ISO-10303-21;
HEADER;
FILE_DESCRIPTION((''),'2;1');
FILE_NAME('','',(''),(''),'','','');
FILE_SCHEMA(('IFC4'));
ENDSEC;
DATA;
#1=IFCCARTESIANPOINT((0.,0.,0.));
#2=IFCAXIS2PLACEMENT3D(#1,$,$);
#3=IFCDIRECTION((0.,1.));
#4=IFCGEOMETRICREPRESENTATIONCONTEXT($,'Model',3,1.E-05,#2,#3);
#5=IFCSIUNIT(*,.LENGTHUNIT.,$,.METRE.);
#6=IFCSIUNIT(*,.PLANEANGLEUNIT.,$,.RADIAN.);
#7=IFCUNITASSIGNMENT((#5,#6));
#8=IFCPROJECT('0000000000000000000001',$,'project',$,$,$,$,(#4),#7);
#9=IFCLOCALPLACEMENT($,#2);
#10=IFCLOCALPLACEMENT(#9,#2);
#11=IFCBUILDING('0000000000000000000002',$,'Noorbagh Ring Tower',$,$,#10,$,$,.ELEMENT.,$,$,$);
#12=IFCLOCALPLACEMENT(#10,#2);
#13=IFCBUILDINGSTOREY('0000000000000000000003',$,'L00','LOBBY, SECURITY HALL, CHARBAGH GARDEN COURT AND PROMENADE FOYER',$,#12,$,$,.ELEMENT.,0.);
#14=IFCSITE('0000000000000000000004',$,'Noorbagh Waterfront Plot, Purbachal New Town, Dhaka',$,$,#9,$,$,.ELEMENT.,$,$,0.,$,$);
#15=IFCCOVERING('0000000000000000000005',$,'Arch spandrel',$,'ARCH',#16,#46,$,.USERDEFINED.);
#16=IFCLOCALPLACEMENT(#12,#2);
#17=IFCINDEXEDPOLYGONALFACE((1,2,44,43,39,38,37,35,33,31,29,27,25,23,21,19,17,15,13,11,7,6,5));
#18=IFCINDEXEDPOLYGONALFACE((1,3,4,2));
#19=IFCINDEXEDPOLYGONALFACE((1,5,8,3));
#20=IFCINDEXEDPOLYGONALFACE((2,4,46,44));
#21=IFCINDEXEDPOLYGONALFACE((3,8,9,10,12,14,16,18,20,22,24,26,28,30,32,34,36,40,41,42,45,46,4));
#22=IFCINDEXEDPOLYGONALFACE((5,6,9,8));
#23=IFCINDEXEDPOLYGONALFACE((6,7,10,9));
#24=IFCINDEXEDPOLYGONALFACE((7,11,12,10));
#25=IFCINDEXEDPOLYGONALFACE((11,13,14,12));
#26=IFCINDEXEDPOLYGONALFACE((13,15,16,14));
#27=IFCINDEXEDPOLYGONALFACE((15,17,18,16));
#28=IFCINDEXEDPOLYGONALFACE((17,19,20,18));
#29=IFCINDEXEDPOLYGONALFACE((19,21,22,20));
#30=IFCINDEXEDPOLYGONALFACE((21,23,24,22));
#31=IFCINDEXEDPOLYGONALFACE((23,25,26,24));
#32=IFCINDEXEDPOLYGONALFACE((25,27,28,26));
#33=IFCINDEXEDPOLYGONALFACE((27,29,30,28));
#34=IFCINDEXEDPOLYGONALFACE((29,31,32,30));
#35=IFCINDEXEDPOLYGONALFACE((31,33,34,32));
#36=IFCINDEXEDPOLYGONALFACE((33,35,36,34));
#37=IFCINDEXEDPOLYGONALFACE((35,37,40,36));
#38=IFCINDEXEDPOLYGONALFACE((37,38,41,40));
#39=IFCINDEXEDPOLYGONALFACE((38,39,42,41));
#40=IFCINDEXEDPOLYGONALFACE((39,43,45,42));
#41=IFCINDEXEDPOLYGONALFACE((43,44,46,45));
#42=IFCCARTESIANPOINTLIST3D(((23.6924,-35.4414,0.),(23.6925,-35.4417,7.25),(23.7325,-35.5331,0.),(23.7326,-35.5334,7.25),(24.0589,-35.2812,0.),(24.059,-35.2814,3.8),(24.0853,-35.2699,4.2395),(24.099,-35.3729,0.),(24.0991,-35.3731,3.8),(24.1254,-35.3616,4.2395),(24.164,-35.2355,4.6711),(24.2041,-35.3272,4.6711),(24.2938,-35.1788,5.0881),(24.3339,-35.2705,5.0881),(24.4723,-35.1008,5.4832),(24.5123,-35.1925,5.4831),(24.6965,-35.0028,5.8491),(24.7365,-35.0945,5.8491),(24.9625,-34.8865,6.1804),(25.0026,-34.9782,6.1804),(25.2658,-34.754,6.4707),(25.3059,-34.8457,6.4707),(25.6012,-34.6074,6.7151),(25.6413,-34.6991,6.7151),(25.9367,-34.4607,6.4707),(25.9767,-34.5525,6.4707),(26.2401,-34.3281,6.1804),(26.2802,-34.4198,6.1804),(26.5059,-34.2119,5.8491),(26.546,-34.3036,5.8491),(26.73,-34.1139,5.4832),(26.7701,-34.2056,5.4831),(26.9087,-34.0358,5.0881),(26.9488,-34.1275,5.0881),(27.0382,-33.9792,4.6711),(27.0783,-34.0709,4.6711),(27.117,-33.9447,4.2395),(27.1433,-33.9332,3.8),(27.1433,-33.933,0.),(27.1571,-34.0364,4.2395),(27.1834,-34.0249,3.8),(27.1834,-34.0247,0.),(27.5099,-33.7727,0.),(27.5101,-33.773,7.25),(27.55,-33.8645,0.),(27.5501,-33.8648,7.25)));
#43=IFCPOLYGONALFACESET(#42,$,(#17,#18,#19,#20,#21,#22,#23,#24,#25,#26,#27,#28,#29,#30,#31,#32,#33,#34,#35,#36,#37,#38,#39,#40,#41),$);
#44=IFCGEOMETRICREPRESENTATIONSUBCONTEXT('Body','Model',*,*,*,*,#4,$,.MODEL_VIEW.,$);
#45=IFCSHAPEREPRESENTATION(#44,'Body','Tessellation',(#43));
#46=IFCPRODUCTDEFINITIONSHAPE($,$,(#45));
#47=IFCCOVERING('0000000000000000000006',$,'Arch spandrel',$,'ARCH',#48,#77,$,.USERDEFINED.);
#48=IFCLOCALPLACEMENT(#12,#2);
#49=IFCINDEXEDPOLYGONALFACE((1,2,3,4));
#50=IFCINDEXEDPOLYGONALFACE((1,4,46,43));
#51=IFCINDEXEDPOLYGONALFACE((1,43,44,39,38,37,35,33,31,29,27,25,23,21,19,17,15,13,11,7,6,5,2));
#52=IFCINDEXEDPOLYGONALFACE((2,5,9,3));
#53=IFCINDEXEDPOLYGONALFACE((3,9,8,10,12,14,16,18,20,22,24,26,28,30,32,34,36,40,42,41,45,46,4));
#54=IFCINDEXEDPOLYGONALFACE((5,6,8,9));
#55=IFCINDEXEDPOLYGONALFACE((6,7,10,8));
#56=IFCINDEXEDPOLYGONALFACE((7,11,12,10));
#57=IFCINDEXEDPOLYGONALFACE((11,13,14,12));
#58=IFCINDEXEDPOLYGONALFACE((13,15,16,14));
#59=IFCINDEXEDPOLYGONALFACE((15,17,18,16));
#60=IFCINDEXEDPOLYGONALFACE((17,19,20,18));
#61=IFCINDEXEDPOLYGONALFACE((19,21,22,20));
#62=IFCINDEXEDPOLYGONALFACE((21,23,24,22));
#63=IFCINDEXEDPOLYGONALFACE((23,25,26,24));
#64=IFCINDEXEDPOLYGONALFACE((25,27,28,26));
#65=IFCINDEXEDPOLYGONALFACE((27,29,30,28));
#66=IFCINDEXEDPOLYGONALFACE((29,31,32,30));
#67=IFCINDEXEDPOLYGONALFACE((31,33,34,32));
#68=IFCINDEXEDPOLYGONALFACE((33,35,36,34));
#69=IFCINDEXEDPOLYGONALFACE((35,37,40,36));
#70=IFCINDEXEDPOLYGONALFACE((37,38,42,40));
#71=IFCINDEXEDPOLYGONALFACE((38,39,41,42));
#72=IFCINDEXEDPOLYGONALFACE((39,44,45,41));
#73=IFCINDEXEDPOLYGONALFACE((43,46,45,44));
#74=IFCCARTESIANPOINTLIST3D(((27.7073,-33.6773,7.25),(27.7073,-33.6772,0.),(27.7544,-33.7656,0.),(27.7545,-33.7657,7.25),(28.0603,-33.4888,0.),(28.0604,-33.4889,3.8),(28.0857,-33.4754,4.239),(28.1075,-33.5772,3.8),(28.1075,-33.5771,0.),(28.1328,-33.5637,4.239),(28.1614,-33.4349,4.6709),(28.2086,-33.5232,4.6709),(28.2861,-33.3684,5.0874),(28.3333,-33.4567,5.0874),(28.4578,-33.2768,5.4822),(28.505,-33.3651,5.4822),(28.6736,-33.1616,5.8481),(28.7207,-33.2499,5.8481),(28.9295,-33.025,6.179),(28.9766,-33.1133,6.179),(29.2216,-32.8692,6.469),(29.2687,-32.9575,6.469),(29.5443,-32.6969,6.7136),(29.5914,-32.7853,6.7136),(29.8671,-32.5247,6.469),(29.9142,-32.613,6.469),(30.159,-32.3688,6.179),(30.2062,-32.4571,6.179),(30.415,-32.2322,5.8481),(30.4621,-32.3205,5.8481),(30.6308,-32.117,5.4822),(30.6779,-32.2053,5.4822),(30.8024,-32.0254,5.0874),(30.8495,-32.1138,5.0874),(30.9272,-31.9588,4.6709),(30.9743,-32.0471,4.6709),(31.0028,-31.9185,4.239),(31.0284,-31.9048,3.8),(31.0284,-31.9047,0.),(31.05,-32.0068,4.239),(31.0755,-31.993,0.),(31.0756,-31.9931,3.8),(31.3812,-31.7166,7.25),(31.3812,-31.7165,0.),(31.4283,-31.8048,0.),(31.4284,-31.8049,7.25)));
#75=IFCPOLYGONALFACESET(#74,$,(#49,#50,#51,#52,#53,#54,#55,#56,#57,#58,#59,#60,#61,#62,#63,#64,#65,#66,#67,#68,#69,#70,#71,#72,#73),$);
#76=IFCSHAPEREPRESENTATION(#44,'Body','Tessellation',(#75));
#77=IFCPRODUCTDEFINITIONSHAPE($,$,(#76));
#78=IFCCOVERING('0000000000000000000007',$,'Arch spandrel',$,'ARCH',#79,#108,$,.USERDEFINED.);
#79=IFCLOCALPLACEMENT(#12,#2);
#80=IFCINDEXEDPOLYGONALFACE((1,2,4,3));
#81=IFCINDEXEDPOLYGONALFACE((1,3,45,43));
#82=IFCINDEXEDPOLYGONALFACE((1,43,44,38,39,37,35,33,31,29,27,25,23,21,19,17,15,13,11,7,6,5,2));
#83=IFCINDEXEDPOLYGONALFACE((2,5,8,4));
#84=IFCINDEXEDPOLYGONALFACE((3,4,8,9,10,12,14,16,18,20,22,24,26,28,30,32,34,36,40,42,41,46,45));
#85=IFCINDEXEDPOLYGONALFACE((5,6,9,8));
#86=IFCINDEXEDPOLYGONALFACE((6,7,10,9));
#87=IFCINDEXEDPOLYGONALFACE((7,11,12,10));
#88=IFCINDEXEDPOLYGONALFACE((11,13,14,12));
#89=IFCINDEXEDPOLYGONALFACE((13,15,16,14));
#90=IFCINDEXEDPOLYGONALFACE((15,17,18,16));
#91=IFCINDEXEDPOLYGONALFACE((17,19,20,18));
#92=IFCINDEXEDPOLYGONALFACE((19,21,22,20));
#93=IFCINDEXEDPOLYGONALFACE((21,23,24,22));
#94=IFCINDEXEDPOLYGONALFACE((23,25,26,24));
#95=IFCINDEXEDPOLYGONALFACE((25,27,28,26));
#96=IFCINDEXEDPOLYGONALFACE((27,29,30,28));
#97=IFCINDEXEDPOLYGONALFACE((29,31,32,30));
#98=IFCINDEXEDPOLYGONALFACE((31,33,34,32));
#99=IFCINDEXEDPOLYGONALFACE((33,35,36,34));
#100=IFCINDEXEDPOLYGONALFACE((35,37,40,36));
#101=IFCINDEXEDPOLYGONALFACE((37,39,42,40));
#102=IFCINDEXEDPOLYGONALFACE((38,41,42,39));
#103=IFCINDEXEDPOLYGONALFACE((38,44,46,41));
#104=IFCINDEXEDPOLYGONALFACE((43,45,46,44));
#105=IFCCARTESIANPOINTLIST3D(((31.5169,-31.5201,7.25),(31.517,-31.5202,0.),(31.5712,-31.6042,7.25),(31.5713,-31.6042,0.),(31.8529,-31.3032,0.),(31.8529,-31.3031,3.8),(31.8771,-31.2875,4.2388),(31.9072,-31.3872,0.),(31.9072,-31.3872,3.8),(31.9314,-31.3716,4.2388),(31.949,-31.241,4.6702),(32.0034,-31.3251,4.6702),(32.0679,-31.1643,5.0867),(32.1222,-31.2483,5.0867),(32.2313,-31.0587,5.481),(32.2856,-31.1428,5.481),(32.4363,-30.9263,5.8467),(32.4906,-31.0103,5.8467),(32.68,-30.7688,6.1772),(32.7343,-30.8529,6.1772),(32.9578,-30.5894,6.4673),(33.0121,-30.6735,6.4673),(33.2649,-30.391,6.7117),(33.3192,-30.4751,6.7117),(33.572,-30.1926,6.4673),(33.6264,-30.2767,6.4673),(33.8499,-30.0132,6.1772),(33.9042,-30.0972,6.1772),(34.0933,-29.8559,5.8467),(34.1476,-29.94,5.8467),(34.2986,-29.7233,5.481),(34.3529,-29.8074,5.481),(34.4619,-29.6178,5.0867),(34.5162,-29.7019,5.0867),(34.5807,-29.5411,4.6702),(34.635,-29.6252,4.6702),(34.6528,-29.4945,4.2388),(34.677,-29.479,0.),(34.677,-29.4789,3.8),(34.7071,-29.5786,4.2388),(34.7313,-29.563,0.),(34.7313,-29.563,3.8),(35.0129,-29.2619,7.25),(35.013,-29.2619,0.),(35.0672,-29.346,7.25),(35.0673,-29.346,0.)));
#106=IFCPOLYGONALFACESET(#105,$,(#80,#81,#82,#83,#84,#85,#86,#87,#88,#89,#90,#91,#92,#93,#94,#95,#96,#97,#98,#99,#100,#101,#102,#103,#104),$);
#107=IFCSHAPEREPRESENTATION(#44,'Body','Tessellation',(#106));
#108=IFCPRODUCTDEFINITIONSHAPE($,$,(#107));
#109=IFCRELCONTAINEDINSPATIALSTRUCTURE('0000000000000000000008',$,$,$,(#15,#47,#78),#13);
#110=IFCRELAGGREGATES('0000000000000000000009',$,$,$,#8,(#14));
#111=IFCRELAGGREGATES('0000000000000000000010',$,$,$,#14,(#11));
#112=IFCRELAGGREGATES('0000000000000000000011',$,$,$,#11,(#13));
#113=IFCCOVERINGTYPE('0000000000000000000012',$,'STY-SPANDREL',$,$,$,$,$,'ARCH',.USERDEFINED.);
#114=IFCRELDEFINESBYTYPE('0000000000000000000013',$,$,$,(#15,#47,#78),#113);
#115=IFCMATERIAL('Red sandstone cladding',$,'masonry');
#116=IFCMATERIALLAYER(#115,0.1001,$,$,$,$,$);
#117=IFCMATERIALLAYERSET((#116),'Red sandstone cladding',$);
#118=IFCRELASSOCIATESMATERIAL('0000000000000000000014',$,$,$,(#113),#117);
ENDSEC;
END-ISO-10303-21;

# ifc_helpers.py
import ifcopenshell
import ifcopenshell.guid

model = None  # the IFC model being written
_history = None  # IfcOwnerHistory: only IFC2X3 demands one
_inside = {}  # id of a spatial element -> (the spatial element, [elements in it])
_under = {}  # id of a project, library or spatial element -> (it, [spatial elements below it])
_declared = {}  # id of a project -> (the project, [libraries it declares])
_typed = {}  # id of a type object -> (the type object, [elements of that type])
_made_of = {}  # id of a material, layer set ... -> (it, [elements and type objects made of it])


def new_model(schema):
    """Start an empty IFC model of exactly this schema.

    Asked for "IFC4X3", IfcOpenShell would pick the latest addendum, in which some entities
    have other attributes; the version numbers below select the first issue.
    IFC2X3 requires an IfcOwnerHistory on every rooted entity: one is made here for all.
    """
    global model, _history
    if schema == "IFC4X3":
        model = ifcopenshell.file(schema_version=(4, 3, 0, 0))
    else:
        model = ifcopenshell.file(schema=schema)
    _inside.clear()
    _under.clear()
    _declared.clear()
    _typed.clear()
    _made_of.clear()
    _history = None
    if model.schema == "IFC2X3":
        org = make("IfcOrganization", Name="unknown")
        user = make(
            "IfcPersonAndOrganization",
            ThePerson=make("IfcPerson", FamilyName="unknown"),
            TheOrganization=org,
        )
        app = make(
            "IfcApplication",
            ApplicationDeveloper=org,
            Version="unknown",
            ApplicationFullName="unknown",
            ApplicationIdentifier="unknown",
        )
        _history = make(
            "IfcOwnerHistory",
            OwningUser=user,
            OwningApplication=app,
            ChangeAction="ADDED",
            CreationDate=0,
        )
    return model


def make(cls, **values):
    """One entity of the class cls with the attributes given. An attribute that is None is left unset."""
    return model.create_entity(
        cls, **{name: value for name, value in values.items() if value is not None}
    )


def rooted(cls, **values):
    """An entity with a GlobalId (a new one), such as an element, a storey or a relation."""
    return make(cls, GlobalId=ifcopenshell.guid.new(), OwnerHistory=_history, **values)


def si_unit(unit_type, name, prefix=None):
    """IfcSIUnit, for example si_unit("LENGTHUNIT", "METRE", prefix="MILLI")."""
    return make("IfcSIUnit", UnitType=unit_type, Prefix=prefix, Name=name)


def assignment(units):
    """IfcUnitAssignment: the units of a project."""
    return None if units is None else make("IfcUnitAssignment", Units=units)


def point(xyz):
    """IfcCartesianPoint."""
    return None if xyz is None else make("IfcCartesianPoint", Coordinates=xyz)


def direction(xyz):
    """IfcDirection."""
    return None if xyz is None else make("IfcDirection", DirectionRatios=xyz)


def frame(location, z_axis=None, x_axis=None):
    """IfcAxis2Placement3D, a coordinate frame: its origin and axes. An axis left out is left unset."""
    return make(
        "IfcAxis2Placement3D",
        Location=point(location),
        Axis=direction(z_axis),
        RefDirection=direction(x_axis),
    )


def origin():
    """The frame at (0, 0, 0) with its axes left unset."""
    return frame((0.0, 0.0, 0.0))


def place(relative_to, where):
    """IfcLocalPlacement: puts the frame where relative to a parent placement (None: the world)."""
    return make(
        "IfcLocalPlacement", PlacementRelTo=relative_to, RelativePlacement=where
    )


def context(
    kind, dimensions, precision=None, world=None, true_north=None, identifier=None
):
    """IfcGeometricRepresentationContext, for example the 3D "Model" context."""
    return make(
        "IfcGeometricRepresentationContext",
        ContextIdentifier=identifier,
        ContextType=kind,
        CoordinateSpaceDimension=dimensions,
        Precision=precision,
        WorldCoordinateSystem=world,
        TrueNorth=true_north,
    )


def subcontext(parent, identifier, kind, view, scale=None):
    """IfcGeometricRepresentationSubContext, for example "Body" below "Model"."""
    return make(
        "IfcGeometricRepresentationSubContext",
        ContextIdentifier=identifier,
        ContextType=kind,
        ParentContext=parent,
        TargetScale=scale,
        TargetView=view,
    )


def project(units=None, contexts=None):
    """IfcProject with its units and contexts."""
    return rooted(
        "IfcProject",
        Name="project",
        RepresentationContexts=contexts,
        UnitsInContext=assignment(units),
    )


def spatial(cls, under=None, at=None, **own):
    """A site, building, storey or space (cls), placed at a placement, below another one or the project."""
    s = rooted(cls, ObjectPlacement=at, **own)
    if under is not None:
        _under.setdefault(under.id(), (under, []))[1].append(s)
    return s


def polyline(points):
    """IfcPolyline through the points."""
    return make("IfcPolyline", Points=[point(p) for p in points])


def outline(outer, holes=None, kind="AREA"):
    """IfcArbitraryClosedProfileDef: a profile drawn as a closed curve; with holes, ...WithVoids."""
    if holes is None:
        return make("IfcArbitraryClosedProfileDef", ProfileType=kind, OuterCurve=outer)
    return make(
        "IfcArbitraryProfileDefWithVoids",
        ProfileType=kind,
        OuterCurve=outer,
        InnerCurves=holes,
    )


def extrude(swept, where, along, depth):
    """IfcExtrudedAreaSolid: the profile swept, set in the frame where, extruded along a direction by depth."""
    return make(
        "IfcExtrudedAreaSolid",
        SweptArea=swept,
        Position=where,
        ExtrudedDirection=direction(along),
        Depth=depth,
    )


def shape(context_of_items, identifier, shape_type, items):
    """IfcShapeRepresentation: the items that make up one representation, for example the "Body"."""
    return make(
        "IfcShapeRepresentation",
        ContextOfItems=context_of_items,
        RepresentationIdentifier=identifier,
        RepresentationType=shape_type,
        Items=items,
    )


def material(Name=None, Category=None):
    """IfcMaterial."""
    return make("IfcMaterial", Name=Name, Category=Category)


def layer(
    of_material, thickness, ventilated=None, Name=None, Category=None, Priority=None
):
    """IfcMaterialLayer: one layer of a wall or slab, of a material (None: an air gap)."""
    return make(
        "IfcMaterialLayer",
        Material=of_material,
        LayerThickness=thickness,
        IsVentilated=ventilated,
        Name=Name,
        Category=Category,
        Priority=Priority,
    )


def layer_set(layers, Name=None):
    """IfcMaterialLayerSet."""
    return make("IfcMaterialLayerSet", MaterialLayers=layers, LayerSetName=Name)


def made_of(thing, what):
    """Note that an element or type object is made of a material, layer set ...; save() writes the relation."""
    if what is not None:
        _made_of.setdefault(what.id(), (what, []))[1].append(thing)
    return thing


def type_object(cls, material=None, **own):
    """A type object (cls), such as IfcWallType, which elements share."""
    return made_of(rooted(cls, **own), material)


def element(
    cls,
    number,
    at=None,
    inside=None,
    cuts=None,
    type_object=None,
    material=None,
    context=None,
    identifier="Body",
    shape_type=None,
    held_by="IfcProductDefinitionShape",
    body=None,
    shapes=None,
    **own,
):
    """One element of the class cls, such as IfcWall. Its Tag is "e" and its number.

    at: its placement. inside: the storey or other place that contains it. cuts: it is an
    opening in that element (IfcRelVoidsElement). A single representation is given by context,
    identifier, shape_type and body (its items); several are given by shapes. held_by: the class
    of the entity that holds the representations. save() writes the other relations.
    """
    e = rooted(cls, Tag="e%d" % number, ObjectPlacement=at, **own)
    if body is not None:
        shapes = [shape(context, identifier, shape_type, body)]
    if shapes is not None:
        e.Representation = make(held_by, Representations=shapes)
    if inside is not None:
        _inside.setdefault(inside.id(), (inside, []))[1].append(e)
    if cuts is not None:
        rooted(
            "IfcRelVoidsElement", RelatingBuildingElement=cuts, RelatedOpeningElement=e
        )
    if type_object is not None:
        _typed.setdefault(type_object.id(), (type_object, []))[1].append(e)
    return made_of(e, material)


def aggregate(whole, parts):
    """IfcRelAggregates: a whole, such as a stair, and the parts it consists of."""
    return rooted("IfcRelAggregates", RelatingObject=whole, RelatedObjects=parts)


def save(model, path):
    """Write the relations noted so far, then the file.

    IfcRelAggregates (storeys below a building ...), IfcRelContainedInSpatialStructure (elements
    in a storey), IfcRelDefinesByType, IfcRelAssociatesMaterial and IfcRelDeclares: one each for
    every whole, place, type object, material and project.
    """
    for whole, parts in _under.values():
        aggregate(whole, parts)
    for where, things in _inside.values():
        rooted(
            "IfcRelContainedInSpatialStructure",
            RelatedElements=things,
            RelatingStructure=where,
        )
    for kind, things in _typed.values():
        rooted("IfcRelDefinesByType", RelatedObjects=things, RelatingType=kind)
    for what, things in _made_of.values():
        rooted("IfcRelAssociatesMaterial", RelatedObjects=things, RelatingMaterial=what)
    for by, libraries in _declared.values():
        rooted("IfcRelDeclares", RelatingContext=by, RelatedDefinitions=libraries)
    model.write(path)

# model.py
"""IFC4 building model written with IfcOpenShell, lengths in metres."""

from ifc_helpers import new_model, si_unit, direction, frame, origin, place, context, subcontext, project, spatial, polyline, outline, extrude, material, layer, layer_set, type_object, element, save


model = new_model("IFC4")

# Units and contexts
model_context = context("Model", 3, precision=1e-05, world=origin(), true_north=direction((0.0, 1.0)))
body_context = subcontext(model_context, "Body", "Model", "MODEL_VIEW")
ifc_project = project(units=[si_unit("LENGTHUNIT", "METRE"), si_unit("PLANEANGLEUNIT", "RADIAN")], contexts=[model_context])

# Site, building, storey
site_placement = place(None, origin())
site = spatial("IfcSite", under=ifc_project, at=site_placement, Name="Noorbagh Waterfront Plot, Purbachal New Town, Dhaka", CompositionType="ELEMENT", RefElevation=0.0)
building_placement = place(site_placement, origin())
building = spatial("IfcBuilding", under=site, at=building_placement, Name="Noorbagh Ring Tower", CompositionType="ELEMENT")
storey_placement = place(building_placement, origin())
storey = spatial("IfcBuildingStorey", under=building, at=storey_placement, Name="L00", Description="LOBBY, SECURITY HALL, CHARBAGH GARDEN COURT AND PROMENADE FOYER", CompositionType="ELEMENT", Elevation=0.0)

# Coverings
ifc_material_1 = material(Name="Red sandstone cladding", Category="masonry")
ifc_layer_1 = layer(ifc_material_1, 0.1001)
ifc_layer_set_1 = layer_set([ifc_layer_1], Name="Red sandstone cladding")
covering_type = type_object("IfcCoveringType", Name="STY-SPANDREL", ElementType="ARCH", PredefinedType="USERDEFINED", material=ifc_layer_set_1)
covering_1_placement = place(storey_placement, frame((23.6924, -35.4414, 0.0), z_axis=(-0.400515, 0.91629, 0.000046), x_axis=(0.91629, 0.400515, 0.0)))
element("IfcCovering", 1, at=covering_1_placement, inside=storey, type_object=covering_type, Name="Arch spandrel", ObjectType="ARCH", PredefinedType="USERDEFINED", context=body_context, shape_type="SweptSolid", body=[
    extrude(outline(polyline([(0.0, 0.0), (0.4, 0.0), (0.4, -3.8), (0.4288, -4.2395), (0.5146, -4.6711), (0.6563, -5.0881), (0.851, -5.4832), (1.0957, -5.8491), (1.3861, -6.1804), (1.717, -6.4707), (2.083, -6.7151), (2.4492, -6.4707), (2.7803, -6.1804), (3.0705, -5.8491), (3.3151, -5.4832), (3.5101, -5.0881), (3.6513, -4.6711), (3.7374, -4.2395), (3.7661, -3.8), (3.7661, 0.0), (4.1663, 0.0), (4.1663, -7.25), (0.0, -7.25), (0.0, 0.0)])), origin(), (0.0, 0.0, -1.0), 0.1001),
])
covering_2_placement = place(storey_placement, frame((27.7073, -33.6772, 0.0), z_axis=(-0.470845, 0.882216, 0.000016), x_axis=(0.882216, 0.470845, 0.0)))
element("IfcCovering", 2, at=covering_2_placement, inside=storey, type_object=covering_type, Name="Arch spandrel", ObjectType="ARCH", PredefinedType="USERDEFINED", context=body_context, shape_type="SweptSolid", body=[
    extrude(outline(polyline([(0.0, 0.0), (0.4002, 0.0), (0.4002, -3.8), (0.4289, -4.239), (0.5148, -4.6709), (0.6561, -5.0874), (0.8507, -5.4822), (1.0953, -5.8481), (1.3854, -6.179), (1.7164, -6.469), (2.0822, -6.7136), (2.4481, -6.469), (2.779, -6.179), (3.0691, -5.8481), (3.3138, -5.4822), (3.5083, -5.0874), (3.6498, -4.6709), (3.7355, -4.239), (3.7645, -3.8), (3.7645, 0.0), (4.1644, 0.0), (4.1644, -7.25), (0.0, -7.25), (0.0, 0.0)])), origin(), (0.0, 0.0, -1.0), 0.1001),
])
covering_3_placement = place(storey_placement, frame((31.5713, -31.6042, 0.0), z_axis=(0.542594, -0.839995, 0.000011), x_axis=(0.839995, 0.542594, 0.0)))
element("IfcCovering", 3, at=covering_3_placement, inside=storey, type_object=covering_type, Name="Arch spandrel", ObjectType="ARCH", PredefinedType="USERDEFINED", context=body_context, shape_type="SweptSolid", body=[
    extrude(outline(polyline([(0.0, 0.0), (0.4, 0.0), (0.4, 3.8), (0.4287, 4.2388), (0.5144, 4.6702), (0.6559, 5.0867), (0.8504, 5.481), (1.0945, 5.8467), (1.3846, 6.1772), (1.7153, 6.4673), (2.0809, 6.7117), (2.4466, 6.4673), (2.7773, 6.1772), (3.0671, 5.8467), (3.3115, 5.481), (3.5059, 5.0867), (3.6474, 4.6702), (3.7332, 4.2388), (3.762, 3.8), (3.762, 0.0), (4.1619, 0.0), (4.1619, 7.25), (0.0, 7.25), (0.0, 0.0)])), origin(), (0.0, 0.0, -1.0), 0.1001),
])

save(model, "model.ifc")
